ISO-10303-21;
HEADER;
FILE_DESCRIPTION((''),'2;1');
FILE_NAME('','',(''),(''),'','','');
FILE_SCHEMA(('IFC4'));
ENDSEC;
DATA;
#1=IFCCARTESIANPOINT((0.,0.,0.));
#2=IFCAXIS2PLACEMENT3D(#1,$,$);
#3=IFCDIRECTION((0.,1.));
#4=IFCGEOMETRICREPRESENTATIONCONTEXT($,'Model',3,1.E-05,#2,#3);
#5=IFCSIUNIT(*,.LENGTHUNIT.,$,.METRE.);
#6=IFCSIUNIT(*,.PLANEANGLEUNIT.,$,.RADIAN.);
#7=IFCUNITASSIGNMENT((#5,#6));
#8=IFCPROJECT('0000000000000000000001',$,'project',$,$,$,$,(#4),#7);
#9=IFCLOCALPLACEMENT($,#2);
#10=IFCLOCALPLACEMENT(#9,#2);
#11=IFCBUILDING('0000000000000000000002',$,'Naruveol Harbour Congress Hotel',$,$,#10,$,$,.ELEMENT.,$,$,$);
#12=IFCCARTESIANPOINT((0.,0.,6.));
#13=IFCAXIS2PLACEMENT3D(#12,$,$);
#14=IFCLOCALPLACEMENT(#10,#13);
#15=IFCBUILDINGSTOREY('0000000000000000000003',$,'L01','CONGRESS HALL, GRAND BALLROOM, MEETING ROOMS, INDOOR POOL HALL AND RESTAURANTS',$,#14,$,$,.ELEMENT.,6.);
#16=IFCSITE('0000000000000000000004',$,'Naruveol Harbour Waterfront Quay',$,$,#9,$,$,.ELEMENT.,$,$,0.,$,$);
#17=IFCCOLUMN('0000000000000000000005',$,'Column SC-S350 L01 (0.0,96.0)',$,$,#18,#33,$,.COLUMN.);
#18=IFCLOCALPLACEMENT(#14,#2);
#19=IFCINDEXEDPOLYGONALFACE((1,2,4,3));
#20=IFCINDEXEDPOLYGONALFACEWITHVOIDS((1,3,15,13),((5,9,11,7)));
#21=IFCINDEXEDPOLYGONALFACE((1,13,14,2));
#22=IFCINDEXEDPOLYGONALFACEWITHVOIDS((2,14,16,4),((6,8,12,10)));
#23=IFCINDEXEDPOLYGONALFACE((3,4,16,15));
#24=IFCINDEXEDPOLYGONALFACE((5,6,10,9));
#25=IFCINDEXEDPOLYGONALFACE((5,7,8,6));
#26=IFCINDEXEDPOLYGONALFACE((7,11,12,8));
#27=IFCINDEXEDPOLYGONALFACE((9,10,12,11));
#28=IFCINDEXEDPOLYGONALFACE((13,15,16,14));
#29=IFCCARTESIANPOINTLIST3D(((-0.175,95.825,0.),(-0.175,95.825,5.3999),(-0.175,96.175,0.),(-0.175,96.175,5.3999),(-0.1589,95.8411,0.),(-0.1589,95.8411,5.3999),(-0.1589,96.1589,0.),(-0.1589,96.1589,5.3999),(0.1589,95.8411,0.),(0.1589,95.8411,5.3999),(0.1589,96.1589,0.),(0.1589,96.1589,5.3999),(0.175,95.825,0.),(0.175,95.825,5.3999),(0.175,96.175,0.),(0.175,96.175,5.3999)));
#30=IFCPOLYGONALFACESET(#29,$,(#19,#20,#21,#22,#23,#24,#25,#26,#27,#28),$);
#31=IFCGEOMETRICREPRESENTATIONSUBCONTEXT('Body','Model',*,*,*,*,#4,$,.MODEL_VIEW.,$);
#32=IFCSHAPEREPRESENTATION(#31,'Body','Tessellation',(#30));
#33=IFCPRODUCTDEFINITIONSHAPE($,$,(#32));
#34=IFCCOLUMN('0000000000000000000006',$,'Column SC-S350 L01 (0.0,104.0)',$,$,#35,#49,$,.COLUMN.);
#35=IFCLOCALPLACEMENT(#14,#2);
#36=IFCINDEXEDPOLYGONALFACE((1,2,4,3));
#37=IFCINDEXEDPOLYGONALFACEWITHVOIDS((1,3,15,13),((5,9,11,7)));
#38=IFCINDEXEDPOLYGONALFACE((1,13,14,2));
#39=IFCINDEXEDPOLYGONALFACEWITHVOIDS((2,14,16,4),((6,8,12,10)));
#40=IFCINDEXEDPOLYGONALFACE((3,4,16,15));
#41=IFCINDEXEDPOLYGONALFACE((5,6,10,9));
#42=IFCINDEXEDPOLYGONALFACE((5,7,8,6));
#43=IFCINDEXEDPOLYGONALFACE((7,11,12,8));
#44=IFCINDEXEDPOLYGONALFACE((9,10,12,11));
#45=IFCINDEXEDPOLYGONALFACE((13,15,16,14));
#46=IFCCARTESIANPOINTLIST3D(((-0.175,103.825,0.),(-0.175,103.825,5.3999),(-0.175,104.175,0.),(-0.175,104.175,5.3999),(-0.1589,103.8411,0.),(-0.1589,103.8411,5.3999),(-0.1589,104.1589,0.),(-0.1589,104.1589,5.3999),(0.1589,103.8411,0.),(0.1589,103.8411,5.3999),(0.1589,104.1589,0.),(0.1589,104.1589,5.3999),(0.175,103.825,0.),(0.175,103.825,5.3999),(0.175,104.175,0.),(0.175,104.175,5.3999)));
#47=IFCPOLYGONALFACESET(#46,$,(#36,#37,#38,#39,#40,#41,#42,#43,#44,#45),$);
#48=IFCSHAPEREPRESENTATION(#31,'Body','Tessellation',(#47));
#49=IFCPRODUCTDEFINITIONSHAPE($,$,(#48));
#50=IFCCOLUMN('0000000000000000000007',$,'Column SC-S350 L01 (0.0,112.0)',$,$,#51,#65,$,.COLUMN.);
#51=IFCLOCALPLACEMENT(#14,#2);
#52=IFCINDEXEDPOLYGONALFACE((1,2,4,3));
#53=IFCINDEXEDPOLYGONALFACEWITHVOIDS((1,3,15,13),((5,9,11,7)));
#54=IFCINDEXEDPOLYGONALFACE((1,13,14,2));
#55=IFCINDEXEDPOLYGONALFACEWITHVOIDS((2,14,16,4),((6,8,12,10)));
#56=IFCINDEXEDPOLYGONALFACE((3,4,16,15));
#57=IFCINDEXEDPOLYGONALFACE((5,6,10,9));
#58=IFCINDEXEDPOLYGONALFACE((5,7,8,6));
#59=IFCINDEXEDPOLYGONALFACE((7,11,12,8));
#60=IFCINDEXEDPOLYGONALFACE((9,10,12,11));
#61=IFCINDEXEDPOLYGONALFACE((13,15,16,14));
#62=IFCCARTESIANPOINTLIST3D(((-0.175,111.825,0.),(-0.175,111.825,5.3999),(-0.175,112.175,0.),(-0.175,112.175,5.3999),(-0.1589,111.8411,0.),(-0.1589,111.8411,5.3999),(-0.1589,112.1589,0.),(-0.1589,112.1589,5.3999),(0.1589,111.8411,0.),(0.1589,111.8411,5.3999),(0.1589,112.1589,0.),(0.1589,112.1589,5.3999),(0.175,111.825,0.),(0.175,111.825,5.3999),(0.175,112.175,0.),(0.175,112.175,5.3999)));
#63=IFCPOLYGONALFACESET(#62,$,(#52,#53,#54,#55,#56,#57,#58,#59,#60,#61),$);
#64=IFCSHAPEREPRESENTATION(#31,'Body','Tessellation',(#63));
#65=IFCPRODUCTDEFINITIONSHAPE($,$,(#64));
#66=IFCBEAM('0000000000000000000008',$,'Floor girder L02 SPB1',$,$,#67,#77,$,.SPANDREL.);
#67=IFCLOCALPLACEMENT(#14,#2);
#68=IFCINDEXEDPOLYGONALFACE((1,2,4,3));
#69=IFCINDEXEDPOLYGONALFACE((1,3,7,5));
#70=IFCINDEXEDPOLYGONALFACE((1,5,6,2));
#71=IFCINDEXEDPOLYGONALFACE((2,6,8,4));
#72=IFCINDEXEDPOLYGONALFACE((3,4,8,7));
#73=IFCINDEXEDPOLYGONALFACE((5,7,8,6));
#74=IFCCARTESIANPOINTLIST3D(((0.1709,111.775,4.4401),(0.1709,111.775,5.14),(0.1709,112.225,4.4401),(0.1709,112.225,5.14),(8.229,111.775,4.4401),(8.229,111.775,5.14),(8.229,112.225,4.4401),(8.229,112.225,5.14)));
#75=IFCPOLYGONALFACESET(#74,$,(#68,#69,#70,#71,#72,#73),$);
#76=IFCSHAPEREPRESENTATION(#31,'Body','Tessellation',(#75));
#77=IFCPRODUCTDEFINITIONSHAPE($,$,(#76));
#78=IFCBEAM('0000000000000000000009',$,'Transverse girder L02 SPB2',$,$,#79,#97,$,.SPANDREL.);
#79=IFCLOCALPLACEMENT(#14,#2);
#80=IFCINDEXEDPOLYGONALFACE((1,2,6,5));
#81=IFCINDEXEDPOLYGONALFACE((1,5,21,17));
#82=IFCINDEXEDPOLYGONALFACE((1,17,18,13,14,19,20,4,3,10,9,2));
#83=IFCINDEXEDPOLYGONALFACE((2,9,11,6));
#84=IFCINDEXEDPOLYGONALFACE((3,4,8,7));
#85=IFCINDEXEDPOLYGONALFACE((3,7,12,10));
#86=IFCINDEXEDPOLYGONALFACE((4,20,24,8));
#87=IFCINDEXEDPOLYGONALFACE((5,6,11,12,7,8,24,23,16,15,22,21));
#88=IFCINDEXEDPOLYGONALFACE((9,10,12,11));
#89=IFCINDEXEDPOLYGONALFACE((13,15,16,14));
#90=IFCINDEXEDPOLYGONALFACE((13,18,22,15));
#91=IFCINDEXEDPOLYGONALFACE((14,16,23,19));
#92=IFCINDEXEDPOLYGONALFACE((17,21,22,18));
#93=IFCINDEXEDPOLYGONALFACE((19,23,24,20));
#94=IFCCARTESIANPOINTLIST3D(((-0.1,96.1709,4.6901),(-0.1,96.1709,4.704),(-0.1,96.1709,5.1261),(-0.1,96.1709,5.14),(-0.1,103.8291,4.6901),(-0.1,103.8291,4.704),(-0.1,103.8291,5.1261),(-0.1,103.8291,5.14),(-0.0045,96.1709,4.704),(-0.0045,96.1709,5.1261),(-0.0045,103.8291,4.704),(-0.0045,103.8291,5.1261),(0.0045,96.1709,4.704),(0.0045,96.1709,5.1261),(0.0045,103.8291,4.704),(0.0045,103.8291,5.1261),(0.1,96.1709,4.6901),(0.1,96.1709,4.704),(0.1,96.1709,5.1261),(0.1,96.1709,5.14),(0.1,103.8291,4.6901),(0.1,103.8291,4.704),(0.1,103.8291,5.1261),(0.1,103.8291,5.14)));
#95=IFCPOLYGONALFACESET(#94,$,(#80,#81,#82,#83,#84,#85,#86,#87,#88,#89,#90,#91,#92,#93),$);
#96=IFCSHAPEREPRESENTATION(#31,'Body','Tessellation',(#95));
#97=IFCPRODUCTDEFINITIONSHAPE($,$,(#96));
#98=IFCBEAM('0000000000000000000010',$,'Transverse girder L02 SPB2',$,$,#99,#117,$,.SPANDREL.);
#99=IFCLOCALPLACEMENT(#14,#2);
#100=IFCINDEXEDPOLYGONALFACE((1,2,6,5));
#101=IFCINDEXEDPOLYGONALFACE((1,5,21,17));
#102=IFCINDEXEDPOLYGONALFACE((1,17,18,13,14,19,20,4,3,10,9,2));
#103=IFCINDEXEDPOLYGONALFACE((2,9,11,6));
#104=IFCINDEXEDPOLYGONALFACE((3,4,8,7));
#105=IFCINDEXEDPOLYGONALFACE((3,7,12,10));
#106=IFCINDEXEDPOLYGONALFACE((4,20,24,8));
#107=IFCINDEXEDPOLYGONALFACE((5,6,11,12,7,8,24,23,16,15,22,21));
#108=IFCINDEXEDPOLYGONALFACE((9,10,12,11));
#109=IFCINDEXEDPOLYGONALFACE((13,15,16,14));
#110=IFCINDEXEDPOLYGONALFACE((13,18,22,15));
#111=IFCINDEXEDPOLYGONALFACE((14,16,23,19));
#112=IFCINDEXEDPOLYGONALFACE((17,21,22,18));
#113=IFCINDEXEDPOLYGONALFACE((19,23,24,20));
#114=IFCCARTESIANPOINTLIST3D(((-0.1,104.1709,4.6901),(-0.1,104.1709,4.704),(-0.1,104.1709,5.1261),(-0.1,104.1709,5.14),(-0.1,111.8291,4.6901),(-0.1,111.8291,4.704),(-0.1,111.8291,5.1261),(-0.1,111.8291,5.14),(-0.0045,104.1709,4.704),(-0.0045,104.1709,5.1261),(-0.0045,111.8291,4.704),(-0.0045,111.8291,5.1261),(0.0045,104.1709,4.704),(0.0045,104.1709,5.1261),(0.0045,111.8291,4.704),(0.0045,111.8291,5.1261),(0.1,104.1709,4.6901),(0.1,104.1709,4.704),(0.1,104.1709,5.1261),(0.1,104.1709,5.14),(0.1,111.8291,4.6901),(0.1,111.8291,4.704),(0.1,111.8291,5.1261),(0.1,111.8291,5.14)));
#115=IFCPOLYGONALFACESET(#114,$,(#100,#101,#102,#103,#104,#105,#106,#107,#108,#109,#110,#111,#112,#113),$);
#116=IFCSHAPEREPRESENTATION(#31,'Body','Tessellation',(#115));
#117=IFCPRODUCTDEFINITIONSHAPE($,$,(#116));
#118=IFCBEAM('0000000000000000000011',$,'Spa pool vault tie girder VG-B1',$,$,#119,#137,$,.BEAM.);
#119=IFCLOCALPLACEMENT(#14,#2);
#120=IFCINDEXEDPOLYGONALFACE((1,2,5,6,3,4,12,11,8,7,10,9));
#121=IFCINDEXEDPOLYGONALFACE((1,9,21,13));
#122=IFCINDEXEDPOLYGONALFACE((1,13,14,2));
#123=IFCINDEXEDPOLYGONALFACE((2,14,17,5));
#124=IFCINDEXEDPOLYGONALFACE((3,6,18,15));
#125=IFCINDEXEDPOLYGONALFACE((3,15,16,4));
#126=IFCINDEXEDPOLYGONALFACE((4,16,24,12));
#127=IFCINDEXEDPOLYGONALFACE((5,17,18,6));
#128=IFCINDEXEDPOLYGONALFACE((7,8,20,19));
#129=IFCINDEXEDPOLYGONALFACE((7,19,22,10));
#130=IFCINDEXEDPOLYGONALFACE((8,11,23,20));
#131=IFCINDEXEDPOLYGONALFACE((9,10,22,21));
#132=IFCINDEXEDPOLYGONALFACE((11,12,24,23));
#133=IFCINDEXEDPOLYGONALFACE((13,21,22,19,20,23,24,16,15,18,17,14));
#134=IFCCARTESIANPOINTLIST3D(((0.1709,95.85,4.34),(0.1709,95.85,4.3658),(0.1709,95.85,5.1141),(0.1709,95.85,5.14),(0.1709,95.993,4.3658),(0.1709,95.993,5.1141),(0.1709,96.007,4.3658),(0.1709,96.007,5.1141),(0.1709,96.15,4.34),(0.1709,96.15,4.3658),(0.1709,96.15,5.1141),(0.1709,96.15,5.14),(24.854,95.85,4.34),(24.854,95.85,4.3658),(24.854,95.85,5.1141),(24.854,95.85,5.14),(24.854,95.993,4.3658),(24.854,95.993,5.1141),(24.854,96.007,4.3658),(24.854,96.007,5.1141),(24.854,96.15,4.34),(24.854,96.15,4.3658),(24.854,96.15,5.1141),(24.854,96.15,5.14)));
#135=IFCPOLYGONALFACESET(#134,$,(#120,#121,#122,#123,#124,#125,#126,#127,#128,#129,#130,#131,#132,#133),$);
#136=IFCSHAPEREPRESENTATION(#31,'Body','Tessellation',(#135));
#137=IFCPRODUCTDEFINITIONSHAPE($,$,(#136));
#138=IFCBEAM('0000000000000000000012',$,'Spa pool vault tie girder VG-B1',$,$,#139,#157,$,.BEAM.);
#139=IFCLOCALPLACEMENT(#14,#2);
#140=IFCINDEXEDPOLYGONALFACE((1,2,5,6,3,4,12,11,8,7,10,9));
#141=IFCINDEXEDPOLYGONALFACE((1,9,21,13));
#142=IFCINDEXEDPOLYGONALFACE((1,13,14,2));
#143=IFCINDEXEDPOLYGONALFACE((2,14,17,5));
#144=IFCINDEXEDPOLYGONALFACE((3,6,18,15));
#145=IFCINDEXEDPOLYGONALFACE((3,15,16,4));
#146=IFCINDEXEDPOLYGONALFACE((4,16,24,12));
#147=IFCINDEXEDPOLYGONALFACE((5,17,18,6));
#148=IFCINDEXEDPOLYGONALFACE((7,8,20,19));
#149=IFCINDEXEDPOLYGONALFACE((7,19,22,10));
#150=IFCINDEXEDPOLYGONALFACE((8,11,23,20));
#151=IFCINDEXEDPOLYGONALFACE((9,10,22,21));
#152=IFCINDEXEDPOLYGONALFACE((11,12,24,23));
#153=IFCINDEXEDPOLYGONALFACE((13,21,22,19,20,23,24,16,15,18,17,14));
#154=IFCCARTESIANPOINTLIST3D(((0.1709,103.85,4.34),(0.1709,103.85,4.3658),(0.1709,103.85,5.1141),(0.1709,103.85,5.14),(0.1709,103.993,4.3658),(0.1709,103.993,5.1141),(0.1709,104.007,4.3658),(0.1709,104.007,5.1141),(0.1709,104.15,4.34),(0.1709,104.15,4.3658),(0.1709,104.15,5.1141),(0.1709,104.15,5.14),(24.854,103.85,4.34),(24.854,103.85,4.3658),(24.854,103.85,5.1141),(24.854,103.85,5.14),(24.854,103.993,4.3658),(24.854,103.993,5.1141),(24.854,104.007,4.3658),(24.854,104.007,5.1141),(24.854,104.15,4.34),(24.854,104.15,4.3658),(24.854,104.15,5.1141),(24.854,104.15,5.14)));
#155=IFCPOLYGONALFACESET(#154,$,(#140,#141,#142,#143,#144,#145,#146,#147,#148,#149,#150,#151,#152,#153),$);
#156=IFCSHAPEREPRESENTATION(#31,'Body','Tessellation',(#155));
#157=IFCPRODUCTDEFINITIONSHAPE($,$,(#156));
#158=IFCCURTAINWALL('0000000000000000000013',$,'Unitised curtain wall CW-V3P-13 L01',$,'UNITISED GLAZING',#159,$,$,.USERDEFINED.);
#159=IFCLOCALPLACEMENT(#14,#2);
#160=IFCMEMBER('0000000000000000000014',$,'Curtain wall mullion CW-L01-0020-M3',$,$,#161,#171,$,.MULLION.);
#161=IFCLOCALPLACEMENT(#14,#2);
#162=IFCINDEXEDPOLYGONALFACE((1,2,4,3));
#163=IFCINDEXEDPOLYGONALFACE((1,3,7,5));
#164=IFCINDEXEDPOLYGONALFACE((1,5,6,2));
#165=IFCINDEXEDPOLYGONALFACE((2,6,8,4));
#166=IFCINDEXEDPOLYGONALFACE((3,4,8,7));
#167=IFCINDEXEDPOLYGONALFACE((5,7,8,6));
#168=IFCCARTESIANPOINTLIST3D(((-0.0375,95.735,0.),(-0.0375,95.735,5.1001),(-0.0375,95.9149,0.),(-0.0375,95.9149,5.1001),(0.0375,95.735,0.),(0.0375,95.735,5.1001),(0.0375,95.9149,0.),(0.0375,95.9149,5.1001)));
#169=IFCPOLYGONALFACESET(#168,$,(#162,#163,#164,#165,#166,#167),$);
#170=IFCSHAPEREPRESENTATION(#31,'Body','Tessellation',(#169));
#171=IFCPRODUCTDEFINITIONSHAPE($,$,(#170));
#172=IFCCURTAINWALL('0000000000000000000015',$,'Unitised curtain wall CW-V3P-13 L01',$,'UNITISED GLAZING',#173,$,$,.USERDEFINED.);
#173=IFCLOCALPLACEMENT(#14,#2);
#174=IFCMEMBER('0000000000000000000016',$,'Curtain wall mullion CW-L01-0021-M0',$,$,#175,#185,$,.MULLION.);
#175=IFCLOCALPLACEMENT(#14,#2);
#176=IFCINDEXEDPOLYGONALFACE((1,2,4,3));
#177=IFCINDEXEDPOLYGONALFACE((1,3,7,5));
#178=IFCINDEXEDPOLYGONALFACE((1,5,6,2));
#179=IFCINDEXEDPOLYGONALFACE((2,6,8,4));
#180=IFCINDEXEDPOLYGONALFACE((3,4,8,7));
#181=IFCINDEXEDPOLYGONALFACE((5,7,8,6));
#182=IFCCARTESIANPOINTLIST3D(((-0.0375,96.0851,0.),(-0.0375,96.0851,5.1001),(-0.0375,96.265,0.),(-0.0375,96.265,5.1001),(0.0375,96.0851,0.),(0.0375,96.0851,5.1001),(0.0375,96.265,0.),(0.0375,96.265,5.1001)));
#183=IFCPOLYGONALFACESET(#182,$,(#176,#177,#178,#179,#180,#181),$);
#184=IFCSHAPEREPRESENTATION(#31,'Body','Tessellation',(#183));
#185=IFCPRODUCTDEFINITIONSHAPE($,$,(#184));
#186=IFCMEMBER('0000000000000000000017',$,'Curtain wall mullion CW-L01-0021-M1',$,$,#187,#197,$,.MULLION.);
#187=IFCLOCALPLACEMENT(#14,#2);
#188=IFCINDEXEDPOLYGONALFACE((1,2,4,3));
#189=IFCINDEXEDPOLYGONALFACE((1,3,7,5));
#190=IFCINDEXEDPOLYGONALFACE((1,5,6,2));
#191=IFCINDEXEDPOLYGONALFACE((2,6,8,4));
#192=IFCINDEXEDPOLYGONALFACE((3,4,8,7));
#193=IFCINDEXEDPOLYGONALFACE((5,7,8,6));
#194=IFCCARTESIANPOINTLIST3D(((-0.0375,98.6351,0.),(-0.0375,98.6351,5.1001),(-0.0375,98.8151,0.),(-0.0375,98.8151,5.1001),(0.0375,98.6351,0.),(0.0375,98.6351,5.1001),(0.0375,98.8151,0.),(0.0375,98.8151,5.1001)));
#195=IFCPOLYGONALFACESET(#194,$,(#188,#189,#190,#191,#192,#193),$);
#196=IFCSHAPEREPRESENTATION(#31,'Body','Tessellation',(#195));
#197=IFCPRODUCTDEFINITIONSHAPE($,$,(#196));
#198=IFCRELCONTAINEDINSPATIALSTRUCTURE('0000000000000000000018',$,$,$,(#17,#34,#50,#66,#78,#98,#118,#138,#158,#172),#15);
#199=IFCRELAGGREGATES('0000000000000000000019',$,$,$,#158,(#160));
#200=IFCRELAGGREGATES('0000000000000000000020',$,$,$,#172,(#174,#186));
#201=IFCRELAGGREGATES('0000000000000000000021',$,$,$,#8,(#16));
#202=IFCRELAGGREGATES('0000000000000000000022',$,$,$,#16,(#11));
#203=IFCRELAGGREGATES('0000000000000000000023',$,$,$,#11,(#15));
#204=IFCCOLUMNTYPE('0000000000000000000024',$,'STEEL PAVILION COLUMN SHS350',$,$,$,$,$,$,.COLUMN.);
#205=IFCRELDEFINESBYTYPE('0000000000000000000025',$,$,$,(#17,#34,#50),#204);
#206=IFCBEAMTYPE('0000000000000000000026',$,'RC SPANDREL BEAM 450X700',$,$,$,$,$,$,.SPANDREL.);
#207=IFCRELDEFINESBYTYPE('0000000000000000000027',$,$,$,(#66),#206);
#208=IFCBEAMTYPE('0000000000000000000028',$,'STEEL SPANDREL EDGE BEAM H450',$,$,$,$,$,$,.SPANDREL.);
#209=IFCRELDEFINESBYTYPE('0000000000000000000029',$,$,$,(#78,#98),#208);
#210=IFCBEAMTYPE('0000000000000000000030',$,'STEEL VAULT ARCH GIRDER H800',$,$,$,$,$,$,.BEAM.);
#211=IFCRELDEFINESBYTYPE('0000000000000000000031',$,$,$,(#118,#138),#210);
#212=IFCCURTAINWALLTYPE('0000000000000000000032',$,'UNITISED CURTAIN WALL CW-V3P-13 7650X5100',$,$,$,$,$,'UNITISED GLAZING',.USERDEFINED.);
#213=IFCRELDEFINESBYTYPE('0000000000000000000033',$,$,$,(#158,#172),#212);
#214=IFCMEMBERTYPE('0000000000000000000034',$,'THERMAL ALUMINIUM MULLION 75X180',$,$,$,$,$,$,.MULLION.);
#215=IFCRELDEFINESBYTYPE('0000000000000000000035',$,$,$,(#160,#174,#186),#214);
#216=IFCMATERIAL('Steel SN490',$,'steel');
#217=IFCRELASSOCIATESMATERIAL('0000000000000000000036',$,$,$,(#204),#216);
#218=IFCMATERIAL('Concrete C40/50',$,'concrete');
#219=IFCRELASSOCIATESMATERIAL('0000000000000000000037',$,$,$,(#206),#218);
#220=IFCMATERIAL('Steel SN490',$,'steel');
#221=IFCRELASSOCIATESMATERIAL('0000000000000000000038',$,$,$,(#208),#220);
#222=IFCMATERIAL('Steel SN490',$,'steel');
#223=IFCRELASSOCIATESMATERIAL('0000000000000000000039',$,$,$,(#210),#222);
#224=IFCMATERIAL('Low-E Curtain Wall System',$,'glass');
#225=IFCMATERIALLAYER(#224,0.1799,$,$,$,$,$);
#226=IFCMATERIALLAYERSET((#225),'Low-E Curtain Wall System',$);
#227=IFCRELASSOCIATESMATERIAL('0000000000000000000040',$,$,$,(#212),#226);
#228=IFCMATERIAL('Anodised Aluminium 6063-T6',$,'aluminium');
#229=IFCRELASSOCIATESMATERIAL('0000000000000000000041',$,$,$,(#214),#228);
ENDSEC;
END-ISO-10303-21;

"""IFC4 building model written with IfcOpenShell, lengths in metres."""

from ifc_helpers import new_model, si_unit, direction, frame, origin, origin_2d, place, context, subcontext, project, spatial, rectangle, hollow_rectangle, i_section, extrude, material, layer, layer_set, material_profile, profile_set, type_object, element, aggregate, save


model = new_model("IFC4")

# Units and contexts
model_context = context("Model", 3, precision=1e-05, world=origin(), true_north=direction((0.0, 1.0)))
body_context = subcontext(model_context, "Body", "Model", "MODEL_VIEW")
ifc_project = project(units=[si_unit("LENGTHUNIT", "METRE"), si_unit("PLANEANGLEUNIT", "RADIAN")], contexts=[model_context])

# Site, building, storey
site_placement = place(None, origin())
site = spatial("IfcSite", under=ifc_project, at=site_placement, Name="Naruveol Harbour Waterfront Quay", CompositionType="ELEMENT", RefElevation=0.0)
building_placement = place(site_placement, origin())
building = spatial("IfcBuilding", under=site, at=building_placement, Name="Naruveol Harbour Congress Hotel", CompositionType="ELEMENT")
storey_placement = place(building_placement, frame((0.0, 0.0, 6.0)))
storey = spatial("IfcBuildingStorey", under=building, at=storey_placement, Name="L01", Description="CONGRESS HALL, GRAND BALLROOM, MEETING ROOMS, INDOOR POOL HALL AND RESTAURANTS", CompositionType="ELEMENT", Elevation=6.0)

# Columns
ifc_material_1 = material(Name="Steel SN490", Category="steel")
ifc_material_profile_1 = material_profile(ifc_material_1, hollow_rectangle(XDim=0.3501, YDim=0.3501, WallThickness=0.0161, at=origin_2d()), Name="SHS-350x350x16")
ifc_profile_set_1 = profile_set([ifc_material_profile_1], Name="Steel SN490")
column_type = type_object("IfcColumnType", Name="STEEL PAVILION COLUMN SHS350", PredefinedType="COLUMN", material=ifc_profile_set_1)
for number, where, z_axis, x_axis, name in (
    (1, (0.0, 96.0, 0.0), (0.0, 0.0, 1.0), (1.0, 0.0, 0.0), "Column SC-S350 L01 (0.0,96.0)"),
    (2, (0.0, 104.0, 0.0), (0.0, 0.0, 1.0), (1.0, 0.0, 0.0), "Column SC-S350 L01 (0.0,104.0)"),
    (3, (0.0, 112.0, 0.0), (0.0, 0.0, 1.0), (1.0, 0.0, 0.0), "Column SC-S350 L01 (0.0,112.0)"),
):
    element("IfcColumn", number, at=place(storey_placement, frame(where, z_axis=z_axis, x_axis=x_axis)), inside=storey, type_object=column_type, Name=name, PredefinedType="COLUMN", context=body_context, shape_type="SweptSolid", body=[
        extrude(hollow_rectangle(XDim=0.3501, YDim=0.3501, WallThickness=0.0161, at=origin_2d()), origin(), (0.0, 0.0, 1.0), 5.3999),
    ])

# Beams
ifc_material_2 = material(Name="Concrete C40/50", Category="concrete")
ifc_material_profile_2 = material_profile(ifc_material_2, rectangle(XDim=0.45, YDim=0.7, at=origin_2d()), Name="RCB-450x700")
ifc_profile_set_2 = profile_set([ifc_material_profile_2], Name="Concrete C40/50")
beam_type_1 = type_object("IfcBeamType", Name="RC SPANDREL BEAM 450X700", PredefinedType="SPANDREL", material=ifc_profile_set_2)
beam_placement = place(storey_placement, frame((0.1709, 112.0, 4.79), z_axis=(1.0, 0.0, 0.0), x_axis=(0.0, 1.0, 0.0)))
element("IfcBeam", 4, at=beam_placement, inside=storey, type_object=beam_type_1, Name="Floor girder L02 SPB1", PredefinedType="SPANDREL", context=body_context, shape_type="SweptSolid", body=[
    extrude(rectangle(XDim=0.45, YDim=0.7, at=origin_2d()), origin(), (0.0, 0.0, 1.0), 8.0581),
])
ifc_material_3 = material(Name="Steel SN490", Category="steel")
ifc_material_profile_3 = material_profile(ifc_material_3, i_section(OverallWidth=0.2, OverallDepth=0.45, WebThickness=0.009, FlangeThickness=0.0139, at=origin_2d()), Name="H-450x200x9x14")
ifc_profile_set_3 = profile_set([ifc_material_profile_3], Name="Steel SN490")
beam_type_2 = type_object("IfcBeamType", Name="STEEL SPANDREL EDGE BEAM H450", PredefinedType="SPANDREL", material=ifc_profile_set_3)
for number, where, z_axis, x_axis, name in (
    (5, (0.0, 96.1709, 4.915), (0.0, 1.0, 0.0), (-1.0, 0.0, 0.0), "Transverse girder L02 SPB2"),
    (6, (0.0, 104.1709, 4.915), (0.0, 1.0, 0.0), (-1.0, 0.0, 0.0), "Transverse girder L02 SPB2"),
):
    element("IfcBeam", number, at=place(storey_placement, frame(where, z_axis=z_axis, x_axis=x_axis)), inside=storey, type_object=beam_type_2, Name=name, PredefinedType="SPANDREL", context=body_context, shape_type="SweptSolid", body=[
        extrude(i_section(OverallWidth=0.2, OverallDepth=0.45, WebThickness=0.009, FlangeThickness=0.0139, at=origin_2d()), origin(), (0.0, 0.0, 1.0), 7.6582),
    ])
ifc_material_4 = material(Name="Steel SN490", Category="steel")
ifc_material_profile_4 = material_profile(ifc_material_4, i_section(OverallWidth=0.3, OverallDepth=0.8, WebThickness=0.0139, FlangeThickness=0.0259, at=origin_2d()), Name="H-800x300x14x26")
ifc_profile_set_4 = profile_set([ifc_material_profile_4], Name="Steel SN490")
beam_type_3 = type_object("IfcBeamType", Name="STEEL VAULT ARCH GIRDER H800", PredefinedType="BEAM", material=ifc_profile_set_4)
for number, where, z_axis, x_axis, name in (
    (7, (0.1709, 96.0, 4.74), (1.0, 0.0, 0.0), (0.0, 1.0, 0.0), "Spa pool vault tie girder VG-B1"),
    (8, (0.1709, 104.0, 4.74), (1.0, 0.0, 0.0), (0.0, 1.0, 0.0), "Spa pool vault tie girder VG-B1"),
):
    element("IfcBeam", number, at=place(storey_placement, frame(where, z_axis=z_axis, x_axis=x_axis)), inside=storey, type_object=beam_type_3, Name=name, PredefinedType="BEAM", context=body_context, shape_type="SweptSolid", body=[
        extrude(i_section(OverallWidth=0.3, OverallDepth=0.8, WebThickness=0.0139, FlangeThickness=0.0259, at=origin_2d()), origin(), (0.0, 0.0, 1.0), 24.6831),
    ])

# Curtain wall, member
ifc_material_5 = material(Name="Low-E Curtain Wall System", Category="glass")
ifc_layer_1 = layer(ifc_material_5, 0.1799)
ifc_layer_set_1 = layer_set([ifc_layer_1], Name="Low-E Curtain Wall System")
curtain_wall_type = type_object("IfcCurtainWallType", Name="UNITISED CURTAIN WALL CW-V3P-13 7650X5100", ElementType="UNITISED GLAZING", PredefinedType="USERDEFINED", material=ifc_layer_set_1)
curtain_wall_1_placement = place(storey_placement, origin())
curtain_wall_1 = element("IfcCurtainWall", 9, at=curtain_wall_1_placement, inside=storey, type_object=curtain_wall_type, Name="Unitised curtain wall CW-V3P-13 L01", ObjectType="UNITISED GLAZING", PredefinedType="USERDEFINED")
ifc_material_6 = material(Name="Anodised Aluminium 6063-T6", Category="aluminium")
ifc_material_profile_5 = material_profile(ifc_material_6, rectangle(XDim=0.075, YDim=0.1799, at=origin_2d()), Name="ALU-75x180")
ifc_profile_set_5 = profile_set([ifc_material_profile_5], Name="Anodised Aluminium 6063-T6")
member_type_1 = type_object("IfcMemberType", Name="THERMAL ALUMINIUM MULLION 75X180", PredefinedType="MULLION", material=ifc_profile_set_5)
member_1_placement = place(storey_placement, frame((0.0, 95.825, 0.0), z_axis=(0.0, 0.0, 1.0), x_axis=(1.0, 0.0, 0.0)))
member_1 = element("IfcMember", 10, at=member_1_placement, type_object=member_type_1, Name="Curtain wall mullion CW-L01-0020-M3", PredefinedType="MULLION", context=body_context, shape_type="SweptSolid", body=[
    extrude(rectangle(XDim=0.075, YDim=0.1799, at=origin_2d()), origin(), (0.0, 0.0, 1.0), 5.1001),
])

# Curtain wall, members
curtain_wall_2_placement = place(storey_placement, origin())
curtain_wall_2 = element("IfcCurtainWall", 11, at=curtain_wall_2_placement, inside=storey, type_object=curtain_wall_type, Name="Unitised curtain wall CW-V3P-13 L01", ObjectType="UNITISED GLAZING", PredefinedType="USERDEFINED")
member_2_placement = place(storey_placement, frame((0.0, 96.175, 0.0), z_axis=(0.0, 0.0, 1.0), x_axis=(1.0, 0.0, 0.0)))
member_2 = element("IfcMember", 12, at=member_2_placement, type_object=member_type_1, Name="Curtain wall mullion CW-L01-0021-M0", PredefinedType="MULLION", context=body_context, shape_type="SweptSolid", body=[
    extrude(rectangle(XDim=0.075, YDim=0.1799, at=origin_2d()), origin(), (0.0, 0.0, 1.0), 5.1001),
])
member_3_placement = place(storey_placement, frame((0.0, 98.7251, 0.0), z_axis=(0.0, 0.0, 1.0), x_axis=(1.0, 0.0, 0.0)))
member_3 = element("IfcMember", 13, at=member_3_placement, type_object=member_type_1, Name="Curtain wall mullion CW-L01-0021-M1", PredefinedType="MULLION", context=body_context, shape_type="SweptSolid", body=[
    extrude(rectangle(XDim=0.075, YDim=0.1799, at=origin_2d()), origin(), (0.0, 0.0, 1.0), 5.1001),
])

aggregate(curtain_wall_1, [member_1])
aggregate(curtain_wall_2, [member_2, member_3])

save(model, "model.ifc")
